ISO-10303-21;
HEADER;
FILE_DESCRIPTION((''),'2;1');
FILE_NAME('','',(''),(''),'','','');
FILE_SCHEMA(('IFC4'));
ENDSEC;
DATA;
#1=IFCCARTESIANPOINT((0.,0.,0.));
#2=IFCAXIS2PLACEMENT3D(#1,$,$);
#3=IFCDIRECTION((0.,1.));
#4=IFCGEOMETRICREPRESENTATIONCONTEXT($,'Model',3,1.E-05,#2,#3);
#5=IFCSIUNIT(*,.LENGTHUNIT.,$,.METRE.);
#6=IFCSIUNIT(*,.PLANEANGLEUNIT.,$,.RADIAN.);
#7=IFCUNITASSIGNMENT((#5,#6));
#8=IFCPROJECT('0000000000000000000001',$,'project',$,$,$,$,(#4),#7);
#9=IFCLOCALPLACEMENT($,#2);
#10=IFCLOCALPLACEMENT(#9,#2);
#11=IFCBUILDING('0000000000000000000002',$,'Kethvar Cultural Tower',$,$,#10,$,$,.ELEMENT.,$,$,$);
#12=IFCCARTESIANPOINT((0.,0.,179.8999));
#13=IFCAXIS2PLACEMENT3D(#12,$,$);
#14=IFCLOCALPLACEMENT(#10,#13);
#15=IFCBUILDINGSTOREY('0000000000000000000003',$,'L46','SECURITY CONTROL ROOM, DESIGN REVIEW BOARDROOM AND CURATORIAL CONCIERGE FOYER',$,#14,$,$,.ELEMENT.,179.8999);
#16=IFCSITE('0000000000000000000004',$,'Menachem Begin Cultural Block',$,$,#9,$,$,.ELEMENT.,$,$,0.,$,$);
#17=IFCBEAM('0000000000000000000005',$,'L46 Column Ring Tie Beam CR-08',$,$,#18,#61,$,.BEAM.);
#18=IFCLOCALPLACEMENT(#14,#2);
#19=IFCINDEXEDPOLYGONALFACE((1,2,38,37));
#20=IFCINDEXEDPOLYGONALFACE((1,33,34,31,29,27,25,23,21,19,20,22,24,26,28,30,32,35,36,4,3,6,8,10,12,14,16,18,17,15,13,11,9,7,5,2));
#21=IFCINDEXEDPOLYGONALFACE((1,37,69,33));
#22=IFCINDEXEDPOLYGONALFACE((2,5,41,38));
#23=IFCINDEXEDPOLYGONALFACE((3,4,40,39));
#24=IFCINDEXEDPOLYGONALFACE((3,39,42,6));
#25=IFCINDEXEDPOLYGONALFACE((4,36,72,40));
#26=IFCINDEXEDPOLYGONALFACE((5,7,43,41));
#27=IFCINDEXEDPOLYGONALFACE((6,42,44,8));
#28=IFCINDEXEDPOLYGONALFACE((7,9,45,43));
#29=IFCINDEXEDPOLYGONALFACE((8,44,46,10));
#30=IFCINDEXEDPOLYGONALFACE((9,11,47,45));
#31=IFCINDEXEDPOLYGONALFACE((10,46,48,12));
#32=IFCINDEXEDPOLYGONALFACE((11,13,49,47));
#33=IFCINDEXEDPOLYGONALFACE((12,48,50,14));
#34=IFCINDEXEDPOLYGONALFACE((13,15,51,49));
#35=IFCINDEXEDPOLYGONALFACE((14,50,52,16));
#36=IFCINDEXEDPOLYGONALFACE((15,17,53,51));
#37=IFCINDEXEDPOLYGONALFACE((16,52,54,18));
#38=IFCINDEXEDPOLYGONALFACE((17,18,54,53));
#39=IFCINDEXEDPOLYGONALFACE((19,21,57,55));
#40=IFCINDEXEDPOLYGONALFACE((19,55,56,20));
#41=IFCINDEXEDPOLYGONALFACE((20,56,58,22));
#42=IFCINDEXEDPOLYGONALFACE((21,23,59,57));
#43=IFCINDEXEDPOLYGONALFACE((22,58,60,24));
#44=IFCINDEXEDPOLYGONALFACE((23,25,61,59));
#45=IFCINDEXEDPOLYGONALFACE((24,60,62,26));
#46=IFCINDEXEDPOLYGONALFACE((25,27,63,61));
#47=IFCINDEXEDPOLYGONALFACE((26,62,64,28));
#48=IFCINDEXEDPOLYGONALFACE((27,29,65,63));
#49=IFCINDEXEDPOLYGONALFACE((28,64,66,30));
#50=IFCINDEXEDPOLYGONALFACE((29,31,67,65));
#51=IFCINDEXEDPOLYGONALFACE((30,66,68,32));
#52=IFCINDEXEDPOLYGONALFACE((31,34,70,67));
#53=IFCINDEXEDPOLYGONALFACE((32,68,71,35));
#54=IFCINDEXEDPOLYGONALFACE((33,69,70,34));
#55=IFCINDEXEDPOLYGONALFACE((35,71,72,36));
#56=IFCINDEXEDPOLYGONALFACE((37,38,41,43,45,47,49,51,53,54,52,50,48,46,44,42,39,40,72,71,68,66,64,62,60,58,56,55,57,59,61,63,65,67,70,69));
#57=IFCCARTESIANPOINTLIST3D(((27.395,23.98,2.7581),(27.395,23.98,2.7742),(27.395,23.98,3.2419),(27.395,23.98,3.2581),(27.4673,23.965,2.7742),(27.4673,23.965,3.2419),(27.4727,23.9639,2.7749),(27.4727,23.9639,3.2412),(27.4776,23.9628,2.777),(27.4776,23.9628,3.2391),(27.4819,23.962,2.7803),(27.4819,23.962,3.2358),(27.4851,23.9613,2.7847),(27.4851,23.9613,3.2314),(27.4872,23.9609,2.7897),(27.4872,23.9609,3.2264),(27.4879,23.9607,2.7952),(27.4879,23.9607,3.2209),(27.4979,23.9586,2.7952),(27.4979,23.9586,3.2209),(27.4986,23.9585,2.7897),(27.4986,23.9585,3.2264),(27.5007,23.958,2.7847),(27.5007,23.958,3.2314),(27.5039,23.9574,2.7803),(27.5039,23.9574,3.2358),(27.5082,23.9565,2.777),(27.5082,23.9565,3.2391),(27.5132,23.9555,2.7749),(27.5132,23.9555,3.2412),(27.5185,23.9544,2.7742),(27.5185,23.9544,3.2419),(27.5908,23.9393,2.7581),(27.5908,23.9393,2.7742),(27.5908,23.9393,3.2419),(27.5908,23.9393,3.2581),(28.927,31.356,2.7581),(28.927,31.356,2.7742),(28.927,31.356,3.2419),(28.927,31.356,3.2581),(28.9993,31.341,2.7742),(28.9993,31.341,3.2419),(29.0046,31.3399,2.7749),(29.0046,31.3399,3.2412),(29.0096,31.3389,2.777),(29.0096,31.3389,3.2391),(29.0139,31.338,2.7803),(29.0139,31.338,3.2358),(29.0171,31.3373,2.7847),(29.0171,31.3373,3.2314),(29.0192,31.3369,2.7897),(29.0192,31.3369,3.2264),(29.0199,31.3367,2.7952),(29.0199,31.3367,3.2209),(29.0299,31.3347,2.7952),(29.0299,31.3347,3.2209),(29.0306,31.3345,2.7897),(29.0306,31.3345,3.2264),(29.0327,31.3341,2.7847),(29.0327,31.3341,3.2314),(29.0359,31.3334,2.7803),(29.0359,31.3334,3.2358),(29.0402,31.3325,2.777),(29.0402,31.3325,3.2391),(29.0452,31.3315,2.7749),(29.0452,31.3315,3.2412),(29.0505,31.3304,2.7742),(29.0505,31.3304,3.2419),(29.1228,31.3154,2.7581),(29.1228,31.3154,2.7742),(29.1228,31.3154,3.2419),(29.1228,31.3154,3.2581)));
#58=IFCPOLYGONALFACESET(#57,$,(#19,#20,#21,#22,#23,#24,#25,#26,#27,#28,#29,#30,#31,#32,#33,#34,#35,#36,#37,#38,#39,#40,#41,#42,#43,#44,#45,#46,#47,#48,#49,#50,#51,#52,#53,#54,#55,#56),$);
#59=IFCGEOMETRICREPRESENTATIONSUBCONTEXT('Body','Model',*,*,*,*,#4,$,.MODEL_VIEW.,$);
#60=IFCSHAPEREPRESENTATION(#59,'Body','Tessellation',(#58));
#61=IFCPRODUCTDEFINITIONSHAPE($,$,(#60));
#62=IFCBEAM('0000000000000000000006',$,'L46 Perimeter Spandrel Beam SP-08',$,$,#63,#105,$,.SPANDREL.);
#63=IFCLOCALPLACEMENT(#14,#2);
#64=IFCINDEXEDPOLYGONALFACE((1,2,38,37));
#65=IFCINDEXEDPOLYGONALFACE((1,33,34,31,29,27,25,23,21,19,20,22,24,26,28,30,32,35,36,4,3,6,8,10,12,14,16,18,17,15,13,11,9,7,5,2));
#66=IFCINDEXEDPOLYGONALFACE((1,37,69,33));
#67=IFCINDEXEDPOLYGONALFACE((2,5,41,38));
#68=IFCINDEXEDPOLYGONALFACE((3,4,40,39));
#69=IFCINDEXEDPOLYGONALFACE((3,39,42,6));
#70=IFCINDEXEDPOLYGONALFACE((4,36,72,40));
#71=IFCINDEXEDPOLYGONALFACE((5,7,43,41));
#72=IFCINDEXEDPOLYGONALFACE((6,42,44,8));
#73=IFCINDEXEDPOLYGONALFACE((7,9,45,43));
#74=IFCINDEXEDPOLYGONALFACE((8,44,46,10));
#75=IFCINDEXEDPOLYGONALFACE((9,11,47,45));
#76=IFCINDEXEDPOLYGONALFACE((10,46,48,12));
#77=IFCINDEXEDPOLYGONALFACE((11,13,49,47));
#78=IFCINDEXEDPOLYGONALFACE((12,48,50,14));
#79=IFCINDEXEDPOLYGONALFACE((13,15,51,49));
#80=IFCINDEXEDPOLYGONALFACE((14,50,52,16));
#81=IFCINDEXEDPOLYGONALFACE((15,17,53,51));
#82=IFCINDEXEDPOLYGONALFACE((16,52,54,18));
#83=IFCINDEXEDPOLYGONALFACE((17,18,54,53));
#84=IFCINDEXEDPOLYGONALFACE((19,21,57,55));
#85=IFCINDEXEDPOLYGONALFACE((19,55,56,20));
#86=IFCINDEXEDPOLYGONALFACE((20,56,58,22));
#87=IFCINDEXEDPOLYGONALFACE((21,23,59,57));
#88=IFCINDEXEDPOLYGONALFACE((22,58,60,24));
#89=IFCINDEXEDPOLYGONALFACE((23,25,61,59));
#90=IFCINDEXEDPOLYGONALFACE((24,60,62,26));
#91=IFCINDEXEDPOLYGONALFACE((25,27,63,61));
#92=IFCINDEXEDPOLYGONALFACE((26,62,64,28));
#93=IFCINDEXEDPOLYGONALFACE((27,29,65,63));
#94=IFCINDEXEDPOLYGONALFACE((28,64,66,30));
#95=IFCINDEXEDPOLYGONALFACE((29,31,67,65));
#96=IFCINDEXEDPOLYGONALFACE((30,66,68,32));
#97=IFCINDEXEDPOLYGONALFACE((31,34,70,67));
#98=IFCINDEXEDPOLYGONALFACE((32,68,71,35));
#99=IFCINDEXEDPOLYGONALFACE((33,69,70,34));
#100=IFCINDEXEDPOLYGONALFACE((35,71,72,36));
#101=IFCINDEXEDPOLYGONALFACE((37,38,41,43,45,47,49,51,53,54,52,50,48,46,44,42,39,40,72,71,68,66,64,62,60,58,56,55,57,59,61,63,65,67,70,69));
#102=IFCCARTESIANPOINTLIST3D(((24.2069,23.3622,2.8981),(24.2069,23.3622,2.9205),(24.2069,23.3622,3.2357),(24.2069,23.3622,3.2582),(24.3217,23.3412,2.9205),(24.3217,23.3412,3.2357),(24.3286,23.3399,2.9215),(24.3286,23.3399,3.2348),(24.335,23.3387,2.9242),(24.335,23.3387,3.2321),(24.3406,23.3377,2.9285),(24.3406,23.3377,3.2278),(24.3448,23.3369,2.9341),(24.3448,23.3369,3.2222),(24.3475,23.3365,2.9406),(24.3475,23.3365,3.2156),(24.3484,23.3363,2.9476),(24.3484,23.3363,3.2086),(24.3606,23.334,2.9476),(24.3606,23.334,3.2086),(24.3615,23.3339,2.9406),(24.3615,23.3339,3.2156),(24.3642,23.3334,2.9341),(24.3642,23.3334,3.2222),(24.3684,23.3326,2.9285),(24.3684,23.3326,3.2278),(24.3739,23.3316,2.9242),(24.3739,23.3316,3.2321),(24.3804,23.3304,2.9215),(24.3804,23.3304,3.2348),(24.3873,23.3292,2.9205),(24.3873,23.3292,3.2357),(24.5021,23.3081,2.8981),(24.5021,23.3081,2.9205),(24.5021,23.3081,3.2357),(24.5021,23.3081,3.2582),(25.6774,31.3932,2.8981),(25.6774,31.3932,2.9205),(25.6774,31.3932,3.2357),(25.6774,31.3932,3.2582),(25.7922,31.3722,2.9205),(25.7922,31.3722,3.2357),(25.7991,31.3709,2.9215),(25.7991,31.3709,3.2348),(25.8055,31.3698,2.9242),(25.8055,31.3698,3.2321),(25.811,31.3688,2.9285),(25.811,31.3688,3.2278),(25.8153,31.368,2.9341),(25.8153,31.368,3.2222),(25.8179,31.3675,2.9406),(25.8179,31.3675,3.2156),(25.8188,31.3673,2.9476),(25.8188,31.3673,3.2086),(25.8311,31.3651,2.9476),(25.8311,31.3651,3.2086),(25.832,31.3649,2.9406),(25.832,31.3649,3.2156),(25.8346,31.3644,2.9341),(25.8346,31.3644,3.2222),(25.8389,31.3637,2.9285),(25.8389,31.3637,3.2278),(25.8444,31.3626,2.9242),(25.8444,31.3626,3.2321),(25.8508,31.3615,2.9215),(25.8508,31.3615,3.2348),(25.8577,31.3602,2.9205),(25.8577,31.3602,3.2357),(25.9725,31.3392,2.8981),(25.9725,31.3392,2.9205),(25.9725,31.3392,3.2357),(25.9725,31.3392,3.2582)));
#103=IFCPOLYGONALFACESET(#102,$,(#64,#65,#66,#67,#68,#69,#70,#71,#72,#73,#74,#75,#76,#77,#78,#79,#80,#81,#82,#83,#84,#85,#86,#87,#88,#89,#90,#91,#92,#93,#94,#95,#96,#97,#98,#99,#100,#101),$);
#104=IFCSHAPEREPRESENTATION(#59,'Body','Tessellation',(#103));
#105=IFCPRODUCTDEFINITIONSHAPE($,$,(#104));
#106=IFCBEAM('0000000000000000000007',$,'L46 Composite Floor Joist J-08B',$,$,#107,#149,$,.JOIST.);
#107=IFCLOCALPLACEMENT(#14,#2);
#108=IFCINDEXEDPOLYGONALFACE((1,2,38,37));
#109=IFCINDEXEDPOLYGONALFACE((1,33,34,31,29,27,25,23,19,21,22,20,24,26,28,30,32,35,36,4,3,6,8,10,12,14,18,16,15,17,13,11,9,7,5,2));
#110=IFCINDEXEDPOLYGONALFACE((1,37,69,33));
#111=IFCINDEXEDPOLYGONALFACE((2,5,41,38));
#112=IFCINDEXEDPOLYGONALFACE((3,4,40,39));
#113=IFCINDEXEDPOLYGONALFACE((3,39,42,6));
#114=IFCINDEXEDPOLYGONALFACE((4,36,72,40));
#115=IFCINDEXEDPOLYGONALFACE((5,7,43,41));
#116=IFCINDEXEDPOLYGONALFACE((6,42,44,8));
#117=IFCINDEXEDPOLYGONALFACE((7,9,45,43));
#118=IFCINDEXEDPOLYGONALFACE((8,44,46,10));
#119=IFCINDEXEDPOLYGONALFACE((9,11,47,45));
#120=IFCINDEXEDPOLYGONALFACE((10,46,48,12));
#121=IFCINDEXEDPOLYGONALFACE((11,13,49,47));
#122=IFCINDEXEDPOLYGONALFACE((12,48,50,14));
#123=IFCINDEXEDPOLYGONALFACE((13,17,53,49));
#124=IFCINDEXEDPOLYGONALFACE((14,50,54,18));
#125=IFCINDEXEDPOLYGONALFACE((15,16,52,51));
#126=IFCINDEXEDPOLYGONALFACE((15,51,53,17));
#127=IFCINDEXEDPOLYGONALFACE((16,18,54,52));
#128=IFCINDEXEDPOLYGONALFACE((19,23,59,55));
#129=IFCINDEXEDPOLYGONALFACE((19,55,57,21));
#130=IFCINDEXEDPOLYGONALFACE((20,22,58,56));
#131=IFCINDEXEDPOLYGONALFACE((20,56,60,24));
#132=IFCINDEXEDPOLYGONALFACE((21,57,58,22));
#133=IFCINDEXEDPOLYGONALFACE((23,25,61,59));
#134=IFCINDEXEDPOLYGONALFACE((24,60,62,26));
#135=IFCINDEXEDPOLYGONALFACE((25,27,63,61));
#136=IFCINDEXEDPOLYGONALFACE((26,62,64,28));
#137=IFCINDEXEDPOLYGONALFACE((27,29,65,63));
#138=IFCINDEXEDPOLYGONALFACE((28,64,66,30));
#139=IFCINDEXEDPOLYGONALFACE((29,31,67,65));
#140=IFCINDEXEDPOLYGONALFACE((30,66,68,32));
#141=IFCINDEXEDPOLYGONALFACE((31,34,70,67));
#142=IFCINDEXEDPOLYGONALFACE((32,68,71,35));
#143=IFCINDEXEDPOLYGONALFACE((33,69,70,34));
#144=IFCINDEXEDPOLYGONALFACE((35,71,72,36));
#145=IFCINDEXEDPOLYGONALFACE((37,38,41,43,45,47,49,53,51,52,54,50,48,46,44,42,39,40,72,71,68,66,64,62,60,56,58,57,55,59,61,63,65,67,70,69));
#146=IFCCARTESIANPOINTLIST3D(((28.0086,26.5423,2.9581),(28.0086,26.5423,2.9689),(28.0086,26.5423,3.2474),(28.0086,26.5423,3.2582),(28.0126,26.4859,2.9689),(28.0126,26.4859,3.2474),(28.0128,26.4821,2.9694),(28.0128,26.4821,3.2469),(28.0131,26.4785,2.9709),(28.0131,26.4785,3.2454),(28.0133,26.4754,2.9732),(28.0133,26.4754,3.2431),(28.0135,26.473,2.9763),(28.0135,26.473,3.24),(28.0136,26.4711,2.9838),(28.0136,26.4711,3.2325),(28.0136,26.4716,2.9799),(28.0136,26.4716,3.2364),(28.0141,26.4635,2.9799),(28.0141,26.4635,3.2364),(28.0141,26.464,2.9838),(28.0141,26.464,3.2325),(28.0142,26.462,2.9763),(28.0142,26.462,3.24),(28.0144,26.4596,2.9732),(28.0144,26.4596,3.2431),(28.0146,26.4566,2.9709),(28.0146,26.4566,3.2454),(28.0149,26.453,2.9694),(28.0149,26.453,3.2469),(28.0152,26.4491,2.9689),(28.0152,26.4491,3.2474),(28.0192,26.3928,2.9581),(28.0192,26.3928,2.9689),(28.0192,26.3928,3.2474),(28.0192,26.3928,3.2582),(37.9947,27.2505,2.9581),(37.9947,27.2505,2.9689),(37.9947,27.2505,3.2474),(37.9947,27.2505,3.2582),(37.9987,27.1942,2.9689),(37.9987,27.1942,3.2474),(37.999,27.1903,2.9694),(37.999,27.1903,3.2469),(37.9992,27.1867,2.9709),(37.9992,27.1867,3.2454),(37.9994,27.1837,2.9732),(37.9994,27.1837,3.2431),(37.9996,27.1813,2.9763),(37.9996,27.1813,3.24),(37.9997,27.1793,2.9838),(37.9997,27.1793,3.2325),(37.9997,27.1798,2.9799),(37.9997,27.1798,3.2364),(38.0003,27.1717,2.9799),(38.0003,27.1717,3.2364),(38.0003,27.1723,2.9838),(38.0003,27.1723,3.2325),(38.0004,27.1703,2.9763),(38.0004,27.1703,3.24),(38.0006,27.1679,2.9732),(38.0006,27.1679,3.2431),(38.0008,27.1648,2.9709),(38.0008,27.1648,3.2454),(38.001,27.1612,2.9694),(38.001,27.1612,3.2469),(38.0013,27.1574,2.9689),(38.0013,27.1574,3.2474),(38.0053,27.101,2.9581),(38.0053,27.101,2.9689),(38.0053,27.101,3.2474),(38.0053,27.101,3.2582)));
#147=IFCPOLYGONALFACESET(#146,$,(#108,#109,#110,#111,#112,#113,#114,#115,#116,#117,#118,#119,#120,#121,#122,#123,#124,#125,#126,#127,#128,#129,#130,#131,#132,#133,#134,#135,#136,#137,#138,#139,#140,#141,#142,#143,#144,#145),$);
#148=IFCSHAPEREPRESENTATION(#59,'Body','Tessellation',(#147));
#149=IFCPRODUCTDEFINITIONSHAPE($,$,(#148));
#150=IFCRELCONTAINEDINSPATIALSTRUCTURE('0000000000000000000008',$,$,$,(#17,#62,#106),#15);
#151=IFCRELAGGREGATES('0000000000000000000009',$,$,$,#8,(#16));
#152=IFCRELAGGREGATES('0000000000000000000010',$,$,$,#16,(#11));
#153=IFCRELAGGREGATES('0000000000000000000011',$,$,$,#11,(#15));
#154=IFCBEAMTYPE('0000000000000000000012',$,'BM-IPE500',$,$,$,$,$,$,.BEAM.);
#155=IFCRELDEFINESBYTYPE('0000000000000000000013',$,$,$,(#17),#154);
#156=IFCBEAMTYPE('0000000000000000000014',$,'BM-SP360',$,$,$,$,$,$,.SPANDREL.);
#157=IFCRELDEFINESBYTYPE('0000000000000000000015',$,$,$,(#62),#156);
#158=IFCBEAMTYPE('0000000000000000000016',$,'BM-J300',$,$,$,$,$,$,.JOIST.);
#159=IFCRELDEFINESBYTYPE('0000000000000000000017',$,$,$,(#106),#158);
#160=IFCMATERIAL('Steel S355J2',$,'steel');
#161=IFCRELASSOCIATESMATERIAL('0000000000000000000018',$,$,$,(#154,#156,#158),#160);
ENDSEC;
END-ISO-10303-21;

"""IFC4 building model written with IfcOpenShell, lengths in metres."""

from ifc_helpers import new_model, si_unit, direction, frame, origin, origin_2d, place, context, subcontext, project, spatial, i_section, extrude, source, transform, mapped, material, material_profile, profile_set, type_object, element, save


model = new_model("IFC4")

# Units and contexts
model_context = context("Model", 3, precision=1e-05, world=origin(), true_north=direction((0.0, 1.0)))
body_context = subcontext(model_context, "Body", "Model", "MODEL_VIEW")
ifc_project = project(units=[si_unit("LENGTHUNIT", "METRE"), si_unit("PLANEANGLEUNIT", "RADIAN")], contexts=[model_context])

# Site, building, storey
site_placement = place(None, origin())
site = spatial("IfcSite", under=ifc_project, at=site_placement, Name="Menachem Begin Cultural Block", CompositionType="ELEMENT", RefElevation=0.0)
building_placement = place(site_placement, origin())
building = spatial("IfcBuilding", under=site, at=building_placement, Name="Kethvar Cultural Tower", CompositionType="ELEMENT")
storey_placement = place(building_placement, frame((0.0, 0.0, 179.8999)))
storey = spatial("IfcBuildingStorey", under=building, at=storey_placement, Name="L46", Description="SECURITY CONTROL ROOM, DESIGN REVIEW BOARDROOM AND CURATORIAL CONCIERGE FOYER", CompositionType="ELEMENT", Elevation=179.8999)

# Beams
ifc_material_1 = material(Name="Steel S355J2", Category="steel")
ifc_material_profile_1 = material_profile(ifc_material_1, i_section(OverallWidth=0.2, OverallDepth=0.5, WebThickness=0.0103, FlangeThickness=0.0161, FilletRadius=0.021, at=origin_2d()), Name="Steel S355J2 — IPE500")
ifc_profile_set_1 = profile_set([ifc_material_profile_1], Name="Steel S355J2 — IPE500")
beam_type_1 = type_object("IfcBeamType", Name="BM-IPE500", PredefinedType="BEAM", material=ifc_profile_set_1)
shared_shape_1 = source(origin(), body_context, "Body", "SweptSolid", [
    extrude(i_section(OverallWidth=0.2, OverallDepth=0.5, WebThickness=0.0103, FlangeThickness=0.0161, FilletRadius=0.021, at=origin_2d()), origin(), (0.0, 0.0, 1.0), 7.5334),
])
beam_1_placement = place(storey_placement, frame((29.0249, 31.3357, 3.0081), z_axis=(-0.203359, -0.979104, 0.0), x_axis=(0.979104, -0.203359, 0.0)))
element("IfcBeam", 1, at=beam_1_placement, inside=storey, type_object=beam_type_1, Name="L46 Column Ring Tie Beam CR-08", PredefinedType="BEAM", context=body_context, shape_type="MappedRepresentation", body=[
    mapped(shared_shape_1, transform((0.0, 0.0, 0.0), scale=1.0)),
])
ifc_material_profile_2 = material_profile(ifc_material_1, i_section(OverallWidth=0.3, OverallDepth=0.3601, WebThickness=0.0125, FlangeThickness=0.0225, FilletRadius=0.0271, at=origin_2d()), Name="Steel S355J2 — HEB360")
ifc_profile_set_2 = profile_set([ifc_material_profile_2], Name="Steel S355J2 — HEB360")
beam_type_2 = type_object("IfcBeamType", Name="BM-SP360", PredefinedType="SPANDREL", material=ifc_profile_set_2)
shared_shape_2 = source(origin(), body_context, "Body", "SweptSolid", [
    extrude(i_section(OverallWidth=0.3, OverallDepth=0.3601, WebThickness=0.0125, FlangeThickness=0.0225, FilletRadius=0.0271, at=origin_2d()), origin(), (0.0, 0.0, 1.0), 8.1646),
])
beam_2_placement = place(storey_placement, frame((25.825, 31.3662, 3.0781), z_axis=(-0.180104, -0.983648, 0.0), x_axis=(0.983648, -0.180104, 0.0)))
element("IfcBeam", 2, at=beam_2_placement, inside=storey, type_object=beam_type_2, Name="L46 Perimeter Spandrel Beam SP-08", PredefinedType="SPANDREL", context=body_context, shape_type="MappedRepresentation", body=[
    mapped(shared_shape_2, transform((0.0, 0.0, 0.0), scale=1.0)),
])
ifc_material_profile_3 = material_profile(ifc_material_1, i_section(OverallWidth=0.1499, OverallDepth=0.3, WebThickness=0.0071, FlangeThickness=0.0107, FilletRadius=0.0149, at=origin_2d()), Name="Steel S355J2 — IPE300")
ifc_profile_set_3 = profile_set([ifc_material_profile_3], Name="Steel S355J2 — IPE300")
beam_type_3 = type_object("IfcBeamType", Name="BM-J300", PredefinedType="JOIST", material=ifc_profile_set_3)
shared_shape_3 = source(origin(), body_context, "Body", "SweptSolid", [
    extrude(i_section(OverallWidth=0.1499, OverallDepth=0.3, WebThickness=0.0071, FlangeThickness=0.0107, FilletRadius=0.0149, at=origin_2d()), origin(), (0.0, 0.0, 1.0), 10.0112),
])
beam_3_placement = place(storey_placement, frame((38.0, 27.1758, 3.1082), z_axis=(-0.997494, -0.070746, 0.0), x_axis=(0.070746, -0.997494, 0.0)))
element("IfcBeam", 3, at=beam_3_placement, inside=storey, type_object=beam_type_3, Name="L46 Composite Floor Joist J-08B", PredefinedType="JOIST", context=body_context, shape_type="MappedRepresentation", body=[
    mapped(shared_shape_3, transform((0.0, 0.0, 0.0), scale=1.0)),
])

save(model, "model.ifc")
